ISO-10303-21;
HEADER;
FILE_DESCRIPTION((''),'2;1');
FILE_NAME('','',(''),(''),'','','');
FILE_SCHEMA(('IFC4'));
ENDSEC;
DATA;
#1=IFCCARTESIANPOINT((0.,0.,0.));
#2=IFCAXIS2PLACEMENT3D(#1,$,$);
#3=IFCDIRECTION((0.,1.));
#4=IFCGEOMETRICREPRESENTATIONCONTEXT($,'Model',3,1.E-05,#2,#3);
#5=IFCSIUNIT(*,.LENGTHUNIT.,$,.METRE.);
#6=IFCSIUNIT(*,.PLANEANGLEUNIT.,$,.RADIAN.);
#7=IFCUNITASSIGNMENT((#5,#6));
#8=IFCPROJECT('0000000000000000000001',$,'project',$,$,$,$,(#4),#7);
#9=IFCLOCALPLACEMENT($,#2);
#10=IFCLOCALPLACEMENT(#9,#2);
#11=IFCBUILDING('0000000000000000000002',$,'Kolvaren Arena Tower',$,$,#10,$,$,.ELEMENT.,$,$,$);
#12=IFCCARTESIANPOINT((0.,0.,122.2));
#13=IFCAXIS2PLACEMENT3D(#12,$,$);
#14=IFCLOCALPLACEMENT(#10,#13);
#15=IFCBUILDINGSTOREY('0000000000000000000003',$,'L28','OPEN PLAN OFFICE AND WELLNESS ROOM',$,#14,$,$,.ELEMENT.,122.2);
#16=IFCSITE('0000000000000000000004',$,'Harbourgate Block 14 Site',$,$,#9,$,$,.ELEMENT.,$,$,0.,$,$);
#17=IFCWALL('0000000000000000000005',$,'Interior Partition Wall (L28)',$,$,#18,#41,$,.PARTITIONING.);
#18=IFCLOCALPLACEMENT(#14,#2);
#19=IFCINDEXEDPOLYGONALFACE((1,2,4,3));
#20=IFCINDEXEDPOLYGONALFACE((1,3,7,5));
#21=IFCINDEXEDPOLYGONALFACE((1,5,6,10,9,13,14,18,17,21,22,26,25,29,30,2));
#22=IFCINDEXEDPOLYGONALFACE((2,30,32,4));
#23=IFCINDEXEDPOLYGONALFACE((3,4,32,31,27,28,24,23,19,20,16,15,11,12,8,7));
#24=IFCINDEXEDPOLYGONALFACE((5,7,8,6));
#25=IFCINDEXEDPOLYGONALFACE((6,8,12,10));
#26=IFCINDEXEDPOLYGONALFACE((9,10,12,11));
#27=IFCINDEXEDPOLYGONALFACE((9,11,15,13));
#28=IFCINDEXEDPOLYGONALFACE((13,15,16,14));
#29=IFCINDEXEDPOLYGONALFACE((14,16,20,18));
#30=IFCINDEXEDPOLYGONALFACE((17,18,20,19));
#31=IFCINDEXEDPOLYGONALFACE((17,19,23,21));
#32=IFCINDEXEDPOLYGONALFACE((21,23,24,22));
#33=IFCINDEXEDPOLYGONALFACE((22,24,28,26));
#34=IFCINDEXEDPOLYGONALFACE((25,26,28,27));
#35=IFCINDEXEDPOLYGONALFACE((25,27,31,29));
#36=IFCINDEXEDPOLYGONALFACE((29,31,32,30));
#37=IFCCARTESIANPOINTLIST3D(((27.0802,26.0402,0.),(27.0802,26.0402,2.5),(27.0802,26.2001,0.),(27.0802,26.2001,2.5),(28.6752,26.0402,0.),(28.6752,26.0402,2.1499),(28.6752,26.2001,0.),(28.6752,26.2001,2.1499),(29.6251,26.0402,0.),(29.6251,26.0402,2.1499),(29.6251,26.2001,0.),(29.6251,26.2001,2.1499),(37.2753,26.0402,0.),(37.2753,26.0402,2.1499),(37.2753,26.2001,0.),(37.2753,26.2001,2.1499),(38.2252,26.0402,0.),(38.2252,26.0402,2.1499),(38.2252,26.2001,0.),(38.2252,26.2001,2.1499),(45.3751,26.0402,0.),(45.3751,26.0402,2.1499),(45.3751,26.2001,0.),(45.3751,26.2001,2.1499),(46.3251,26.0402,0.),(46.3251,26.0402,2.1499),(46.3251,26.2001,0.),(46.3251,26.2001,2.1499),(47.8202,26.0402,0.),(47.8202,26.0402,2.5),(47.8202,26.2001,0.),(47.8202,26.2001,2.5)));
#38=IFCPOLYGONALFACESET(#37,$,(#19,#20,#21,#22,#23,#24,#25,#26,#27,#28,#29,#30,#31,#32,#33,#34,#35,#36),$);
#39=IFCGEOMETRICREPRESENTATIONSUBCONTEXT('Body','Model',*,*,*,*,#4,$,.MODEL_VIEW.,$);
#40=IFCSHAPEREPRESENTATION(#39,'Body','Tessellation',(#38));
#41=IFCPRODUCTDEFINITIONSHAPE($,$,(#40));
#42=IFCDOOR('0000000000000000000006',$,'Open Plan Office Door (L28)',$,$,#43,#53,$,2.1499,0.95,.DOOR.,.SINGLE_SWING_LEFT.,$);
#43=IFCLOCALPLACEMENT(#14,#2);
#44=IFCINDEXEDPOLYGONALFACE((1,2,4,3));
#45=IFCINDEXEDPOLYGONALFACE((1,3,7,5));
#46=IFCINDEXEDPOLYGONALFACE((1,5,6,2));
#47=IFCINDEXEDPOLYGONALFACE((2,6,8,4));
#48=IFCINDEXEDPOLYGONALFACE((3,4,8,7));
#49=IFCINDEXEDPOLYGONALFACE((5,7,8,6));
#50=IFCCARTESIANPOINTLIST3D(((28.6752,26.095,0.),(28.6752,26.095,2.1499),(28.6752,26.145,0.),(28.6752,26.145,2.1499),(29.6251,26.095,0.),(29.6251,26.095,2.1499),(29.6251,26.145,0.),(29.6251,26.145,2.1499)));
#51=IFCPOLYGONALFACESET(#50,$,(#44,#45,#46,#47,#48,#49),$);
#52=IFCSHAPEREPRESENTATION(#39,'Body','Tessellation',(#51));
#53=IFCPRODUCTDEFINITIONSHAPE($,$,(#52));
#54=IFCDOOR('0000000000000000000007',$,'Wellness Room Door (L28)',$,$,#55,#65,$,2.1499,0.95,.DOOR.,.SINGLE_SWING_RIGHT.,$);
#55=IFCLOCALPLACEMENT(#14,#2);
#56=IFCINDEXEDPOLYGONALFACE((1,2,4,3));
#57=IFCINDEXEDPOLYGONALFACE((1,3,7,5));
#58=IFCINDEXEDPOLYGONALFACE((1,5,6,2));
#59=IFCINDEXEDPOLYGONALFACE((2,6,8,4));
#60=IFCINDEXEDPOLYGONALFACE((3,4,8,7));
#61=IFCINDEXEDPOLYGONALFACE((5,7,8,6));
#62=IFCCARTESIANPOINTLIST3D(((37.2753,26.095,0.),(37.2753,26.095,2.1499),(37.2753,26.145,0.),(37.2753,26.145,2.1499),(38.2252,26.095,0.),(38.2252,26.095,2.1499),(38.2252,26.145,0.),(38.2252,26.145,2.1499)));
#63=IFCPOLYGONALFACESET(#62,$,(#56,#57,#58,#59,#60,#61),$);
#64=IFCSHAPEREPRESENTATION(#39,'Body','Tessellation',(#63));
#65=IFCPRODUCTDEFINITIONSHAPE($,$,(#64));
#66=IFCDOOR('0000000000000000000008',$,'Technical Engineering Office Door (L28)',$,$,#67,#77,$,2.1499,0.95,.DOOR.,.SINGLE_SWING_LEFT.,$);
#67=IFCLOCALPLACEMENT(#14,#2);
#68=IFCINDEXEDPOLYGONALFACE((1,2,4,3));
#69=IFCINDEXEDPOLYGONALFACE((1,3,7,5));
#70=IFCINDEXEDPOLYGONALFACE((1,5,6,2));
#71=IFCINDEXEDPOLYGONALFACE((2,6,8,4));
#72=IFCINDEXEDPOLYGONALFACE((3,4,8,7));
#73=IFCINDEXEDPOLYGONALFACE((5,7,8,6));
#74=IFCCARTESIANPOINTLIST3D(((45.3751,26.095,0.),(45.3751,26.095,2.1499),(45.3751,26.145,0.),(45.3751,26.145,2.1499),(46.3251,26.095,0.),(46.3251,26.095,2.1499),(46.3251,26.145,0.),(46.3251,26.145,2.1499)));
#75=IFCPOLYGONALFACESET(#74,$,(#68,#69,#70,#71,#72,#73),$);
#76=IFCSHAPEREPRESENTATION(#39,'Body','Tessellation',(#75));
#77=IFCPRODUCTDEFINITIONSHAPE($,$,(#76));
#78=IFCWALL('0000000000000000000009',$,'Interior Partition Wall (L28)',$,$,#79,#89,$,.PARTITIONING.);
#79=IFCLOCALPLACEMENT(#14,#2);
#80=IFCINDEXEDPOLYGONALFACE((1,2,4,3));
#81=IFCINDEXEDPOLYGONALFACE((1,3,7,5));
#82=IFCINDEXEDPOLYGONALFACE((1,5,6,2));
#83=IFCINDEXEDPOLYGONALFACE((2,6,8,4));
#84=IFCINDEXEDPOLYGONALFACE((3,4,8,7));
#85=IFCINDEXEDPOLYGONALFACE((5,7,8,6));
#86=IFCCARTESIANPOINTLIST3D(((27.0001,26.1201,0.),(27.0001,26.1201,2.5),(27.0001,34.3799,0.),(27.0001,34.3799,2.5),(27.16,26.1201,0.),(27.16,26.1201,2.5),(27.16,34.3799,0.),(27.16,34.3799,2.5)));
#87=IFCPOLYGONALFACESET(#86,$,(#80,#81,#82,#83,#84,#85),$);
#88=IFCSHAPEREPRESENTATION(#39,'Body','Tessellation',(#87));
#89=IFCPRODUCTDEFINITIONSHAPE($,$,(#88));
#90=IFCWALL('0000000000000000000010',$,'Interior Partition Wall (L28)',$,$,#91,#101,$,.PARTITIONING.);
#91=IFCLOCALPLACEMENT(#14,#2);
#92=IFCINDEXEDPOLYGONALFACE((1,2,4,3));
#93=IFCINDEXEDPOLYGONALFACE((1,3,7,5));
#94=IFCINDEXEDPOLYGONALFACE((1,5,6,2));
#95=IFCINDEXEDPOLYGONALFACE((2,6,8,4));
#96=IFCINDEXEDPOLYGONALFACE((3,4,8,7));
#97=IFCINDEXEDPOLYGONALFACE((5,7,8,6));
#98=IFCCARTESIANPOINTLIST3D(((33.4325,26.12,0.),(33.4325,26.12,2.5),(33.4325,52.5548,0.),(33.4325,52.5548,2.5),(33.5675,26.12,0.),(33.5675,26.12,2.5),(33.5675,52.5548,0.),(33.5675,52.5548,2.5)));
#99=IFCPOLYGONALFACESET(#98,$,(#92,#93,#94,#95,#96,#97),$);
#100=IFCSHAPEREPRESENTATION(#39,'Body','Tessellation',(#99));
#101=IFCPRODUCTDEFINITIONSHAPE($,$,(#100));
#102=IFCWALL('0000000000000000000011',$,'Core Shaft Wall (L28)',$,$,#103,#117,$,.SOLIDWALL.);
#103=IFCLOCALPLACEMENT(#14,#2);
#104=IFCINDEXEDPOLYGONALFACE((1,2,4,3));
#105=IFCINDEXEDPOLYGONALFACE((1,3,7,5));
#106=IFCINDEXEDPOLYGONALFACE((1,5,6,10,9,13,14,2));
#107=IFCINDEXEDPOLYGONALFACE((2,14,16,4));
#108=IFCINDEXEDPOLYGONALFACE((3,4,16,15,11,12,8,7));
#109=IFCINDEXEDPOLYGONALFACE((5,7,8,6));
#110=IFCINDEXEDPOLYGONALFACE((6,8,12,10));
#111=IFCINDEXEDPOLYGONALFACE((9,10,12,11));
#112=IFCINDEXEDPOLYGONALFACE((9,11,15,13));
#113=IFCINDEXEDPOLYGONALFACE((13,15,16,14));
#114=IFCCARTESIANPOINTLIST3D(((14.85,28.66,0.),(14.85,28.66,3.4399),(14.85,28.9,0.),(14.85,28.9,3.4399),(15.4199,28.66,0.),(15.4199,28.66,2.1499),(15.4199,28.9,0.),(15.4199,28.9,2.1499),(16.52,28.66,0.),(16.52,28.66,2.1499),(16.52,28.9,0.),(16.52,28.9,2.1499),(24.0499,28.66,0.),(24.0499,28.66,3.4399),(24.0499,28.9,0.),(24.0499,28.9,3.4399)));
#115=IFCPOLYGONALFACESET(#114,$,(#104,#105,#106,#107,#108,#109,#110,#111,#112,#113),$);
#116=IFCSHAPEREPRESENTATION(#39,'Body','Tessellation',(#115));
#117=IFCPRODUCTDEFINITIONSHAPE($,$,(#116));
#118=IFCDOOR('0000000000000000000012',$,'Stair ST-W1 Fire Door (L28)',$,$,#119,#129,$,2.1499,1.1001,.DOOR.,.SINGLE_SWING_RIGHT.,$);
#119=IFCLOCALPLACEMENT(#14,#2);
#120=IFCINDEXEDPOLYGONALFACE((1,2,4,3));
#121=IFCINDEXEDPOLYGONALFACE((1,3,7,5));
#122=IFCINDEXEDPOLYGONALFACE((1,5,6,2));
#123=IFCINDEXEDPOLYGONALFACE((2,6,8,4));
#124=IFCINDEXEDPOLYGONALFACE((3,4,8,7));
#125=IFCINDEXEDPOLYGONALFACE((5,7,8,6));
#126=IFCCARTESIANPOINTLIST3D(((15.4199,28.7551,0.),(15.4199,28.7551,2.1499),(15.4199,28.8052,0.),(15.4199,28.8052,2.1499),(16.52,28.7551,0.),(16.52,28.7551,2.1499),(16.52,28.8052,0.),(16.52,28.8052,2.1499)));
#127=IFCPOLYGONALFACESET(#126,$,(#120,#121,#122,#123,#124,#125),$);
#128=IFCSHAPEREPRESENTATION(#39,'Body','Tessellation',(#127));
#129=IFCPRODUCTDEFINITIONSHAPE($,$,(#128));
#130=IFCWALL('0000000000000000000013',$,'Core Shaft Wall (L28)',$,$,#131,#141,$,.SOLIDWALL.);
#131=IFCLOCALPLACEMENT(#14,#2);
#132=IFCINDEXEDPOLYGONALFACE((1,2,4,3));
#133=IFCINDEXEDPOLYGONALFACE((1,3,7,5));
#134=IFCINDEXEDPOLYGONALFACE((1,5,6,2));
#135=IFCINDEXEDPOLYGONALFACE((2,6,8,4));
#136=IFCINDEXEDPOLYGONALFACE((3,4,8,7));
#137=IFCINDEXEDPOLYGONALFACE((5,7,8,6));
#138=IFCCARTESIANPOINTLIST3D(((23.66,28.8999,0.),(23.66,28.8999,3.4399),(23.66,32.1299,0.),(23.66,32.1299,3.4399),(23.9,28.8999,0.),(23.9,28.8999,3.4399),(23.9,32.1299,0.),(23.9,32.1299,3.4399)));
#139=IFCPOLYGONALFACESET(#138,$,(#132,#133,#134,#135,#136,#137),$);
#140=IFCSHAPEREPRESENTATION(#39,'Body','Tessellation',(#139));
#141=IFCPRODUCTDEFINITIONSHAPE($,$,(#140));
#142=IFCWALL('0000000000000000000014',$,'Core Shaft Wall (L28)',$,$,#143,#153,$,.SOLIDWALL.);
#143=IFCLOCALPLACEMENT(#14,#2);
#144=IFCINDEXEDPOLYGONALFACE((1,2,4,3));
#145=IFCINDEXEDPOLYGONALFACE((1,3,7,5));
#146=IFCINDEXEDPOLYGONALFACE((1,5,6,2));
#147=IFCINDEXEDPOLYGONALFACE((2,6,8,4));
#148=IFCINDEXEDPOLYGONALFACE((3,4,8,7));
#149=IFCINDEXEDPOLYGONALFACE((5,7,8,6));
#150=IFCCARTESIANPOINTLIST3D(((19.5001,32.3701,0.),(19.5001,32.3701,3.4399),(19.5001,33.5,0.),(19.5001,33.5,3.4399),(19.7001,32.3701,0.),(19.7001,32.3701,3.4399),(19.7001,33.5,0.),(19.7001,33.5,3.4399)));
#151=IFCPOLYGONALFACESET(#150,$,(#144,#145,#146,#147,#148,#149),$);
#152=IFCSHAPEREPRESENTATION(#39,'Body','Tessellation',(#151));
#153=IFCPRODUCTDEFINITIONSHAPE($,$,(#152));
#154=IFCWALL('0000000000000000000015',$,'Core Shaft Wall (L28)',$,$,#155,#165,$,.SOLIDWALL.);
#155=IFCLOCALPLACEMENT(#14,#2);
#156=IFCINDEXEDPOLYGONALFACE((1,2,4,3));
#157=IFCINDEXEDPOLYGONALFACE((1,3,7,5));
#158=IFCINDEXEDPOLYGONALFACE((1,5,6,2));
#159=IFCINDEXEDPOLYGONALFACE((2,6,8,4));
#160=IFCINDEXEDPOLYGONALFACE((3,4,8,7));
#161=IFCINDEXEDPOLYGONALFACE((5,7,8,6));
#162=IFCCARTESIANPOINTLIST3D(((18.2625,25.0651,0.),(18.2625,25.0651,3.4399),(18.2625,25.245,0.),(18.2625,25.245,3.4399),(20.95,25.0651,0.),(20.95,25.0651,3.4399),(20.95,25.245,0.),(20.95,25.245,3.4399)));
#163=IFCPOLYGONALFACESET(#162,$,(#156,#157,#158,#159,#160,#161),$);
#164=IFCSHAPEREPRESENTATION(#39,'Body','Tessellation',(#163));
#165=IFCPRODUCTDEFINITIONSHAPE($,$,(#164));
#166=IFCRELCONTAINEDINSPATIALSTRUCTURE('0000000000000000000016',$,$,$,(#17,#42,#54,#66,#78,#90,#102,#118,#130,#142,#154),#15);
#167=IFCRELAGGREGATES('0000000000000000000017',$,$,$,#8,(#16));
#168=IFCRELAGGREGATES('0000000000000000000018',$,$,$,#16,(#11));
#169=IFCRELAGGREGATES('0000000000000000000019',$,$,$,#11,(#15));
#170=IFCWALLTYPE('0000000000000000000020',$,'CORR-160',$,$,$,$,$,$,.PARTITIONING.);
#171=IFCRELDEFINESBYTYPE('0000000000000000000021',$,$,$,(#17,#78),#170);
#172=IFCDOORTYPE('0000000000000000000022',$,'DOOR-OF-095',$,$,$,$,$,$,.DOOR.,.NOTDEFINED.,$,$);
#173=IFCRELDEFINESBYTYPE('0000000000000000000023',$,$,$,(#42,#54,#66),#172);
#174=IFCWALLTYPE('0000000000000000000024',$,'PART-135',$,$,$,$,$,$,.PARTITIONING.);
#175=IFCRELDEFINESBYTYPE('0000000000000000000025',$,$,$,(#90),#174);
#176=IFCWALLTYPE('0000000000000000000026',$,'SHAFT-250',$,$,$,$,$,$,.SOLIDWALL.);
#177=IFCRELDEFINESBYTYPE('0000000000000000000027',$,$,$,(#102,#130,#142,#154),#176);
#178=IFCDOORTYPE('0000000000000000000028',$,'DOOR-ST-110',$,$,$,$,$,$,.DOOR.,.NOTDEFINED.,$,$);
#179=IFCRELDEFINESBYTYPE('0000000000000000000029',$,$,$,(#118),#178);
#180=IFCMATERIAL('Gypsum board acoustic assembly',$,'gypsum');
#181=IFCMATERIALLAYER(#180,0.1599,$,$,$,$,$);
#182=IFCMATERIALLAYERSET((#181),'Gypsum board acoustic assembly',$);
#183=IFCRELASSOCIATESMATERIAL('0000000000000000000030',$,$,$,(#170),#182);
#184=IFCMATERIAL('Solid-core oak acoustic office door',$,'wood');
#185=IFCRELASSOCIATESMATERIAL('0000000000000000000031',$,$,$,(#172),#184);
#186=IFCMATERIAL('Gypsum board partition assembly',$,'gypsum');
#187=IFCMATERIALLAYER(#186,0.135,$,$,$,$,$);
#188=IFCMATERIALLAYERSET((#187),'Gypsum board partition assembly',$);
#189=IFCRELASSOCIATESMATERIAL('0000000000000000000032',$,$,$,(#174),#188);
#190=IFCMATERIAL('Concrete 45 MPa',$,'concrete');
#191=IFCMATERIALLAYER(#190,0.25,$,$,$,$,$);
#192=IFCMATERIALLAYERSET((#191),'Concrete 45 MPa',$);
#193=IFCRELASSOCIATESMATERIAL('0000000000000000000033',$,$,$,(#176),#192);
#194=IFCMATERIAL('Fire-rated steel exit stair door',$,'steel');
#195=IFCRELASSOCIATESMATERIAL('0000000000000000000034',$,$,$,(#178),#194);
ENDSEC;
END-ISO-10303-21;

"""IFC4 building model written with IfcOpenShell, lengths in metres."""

from ifc_helpers import new_model, si_unit, direction, frame, frame_2d, origin, place, context, subcontext, project, spatial, rectangle, extrude, material, layer, layer_set, type_object, element, fill, save


model = new_model("IFC4")

# Units and contexts
model_context = context("Model", 3, precision=1e-05, world=origin(), true_north=direction((0.0, 1.0)))
body_context = subcontext(model_context, "Body", "Model", "MODEL_VIEW")
ifc_project = project(units=[si_unit("LENGTHUNIT", "METRE"), si_unit("PLANEANGLEUNIT", "RADIAN")], contexts=[model_context])

# Site, building, storey
site_placement = place(None, origin())
site = spatial("IfcSite", under=ifc_project, at=site_placement, Name="Harbourgate Block 14 Site", CompositionType="ELEMENT", RefElevation=0.0)
building_placement = place(site_placement, origin())
building = spatial("IfcBuilding", under=site, at=building_placement, Name="Kolvaren Arena Tower", CompositionType="ELEMENT")
storey_placement = place(building_placement, frame((0.0, 0.0, 122.2)))
storey = spatial("IfcBuildingStorey", under=building, at=storey_placement, Name="L28", Description="OPEN PLAN OFFICE AND WELLNESS ROOM", CompositionType="ELEMENT", Elevation=122.2)

# Wall, openings, doors
ifc_material_1 = material(Name="Gypsum board acoustic assembly", Category="gypsum")
ifc_layer_1 = layer(ifc_material_1, 0.1599)
ifc_layer_set_1 = layer_set([ifc_layer_1], Name="Gypsum board acoustic assembly")
wall_type_1 = type_object("IfcWallType", Name="CORR-160", PredefinedType="PARTITIONING", material=ifc_layer_set_1)
wall_1_placement = place(storey_placement, frame((27.0801, 26.1201, 0.0), z_axis=(0.0, 0.0, 1.0), x_axis=(1.0, 0.0, 0.0)))
wall_1 = element("IfcWall", 1, at=wall_1_placement, inside=storey, type_object=wall_type_1, Name="Interior Partition Wall (L28)", PredefinedType="PARTITIONING", context=body_context, shape_type="SweptSolid", body=[
    extrude(rectangle(XDim=20.74, YDim=0.1599, at=frame_2d((10.3701, 0.0))), origin(), (0.0, 0.0, 1.0), 2.5),
])
opening_1_placement = place(wall_1_placement, frame((1.595, 0.0, 0.0)))
opening_1 = element("IfcOpeningElement", 2, at=opening_1_placement, cuts=wall_1, PredefinedType="OPENING", context=body_context, shape_type="SweptSolid", body=[
    extrude(rectangle(XDim=0.95, YDim=2.1499, at=frame_2d((0.4751, 1.075))), frame((0.0, 0.0898, 0.0), z_axis=(0.0, -1.0, 0.0), x_axis=(1.0, 0.0, 0.0)), (0.0, 0.0, 1.0), 0.1799),
])
opening_2_placement = place(wall_1_placement, frame((10.1951, 0.0, 0.0)))
opening_2 = element("IfcOpeningElement", 3, at=opening_2_placement, cuts=wall_1, PredefinedType="OPENING", context=body_context, shape_type="SweptSolid", body=[
    extrude(rectangle(XDim=0.95, YDim=2.1499, at=frame_2d((0.4751, 1.075))), frame((0.0, 0.0898, 0.0), z_axis=(0.0, -1.0, 0.0), x_axis=(1.0, 0.0, 0.0)), (0.0, 0.0, 1.0), 0.1799),
])
opening_3_placement = place(wall_1_placement, frame((18.2949, 0.0, 0.0)))
opening_3 = element("IfcOpeningElement", 4, at=opening_3_placement, cuts=wall_1, PredefinedType="OPENING", context=body_context, shape_type="SweptSolid", body=[
    extrude(rectangle(XDim=0.95, YDim=2.1499, at=frame_2d((0.4751, 1.075))), frame((0.0, 0.0898, 0.0), z_axis=(0.0, -1.0, 0.0), x_axis=(1.0, 0.0, 0.0)), (0.0, 0.0, 1.0), 0.1799),
])
ifc_material_2 = material(Name="Solid-core oak acoustic office door", Category="wood")
door_type_1 = type_object("IfcDoorType", Name="DOOR-OF-095", OperationType="NOTDEFINED", PredefinedType="DOOR", material=ifc_material_2)
door_1_placement = place(opening_1_placement, origin())
door_1 = element("IfcDoor", 5, at=door_1_placement, inside=storey, type_object=door_type_1, Name="Open Plan Office Door (L28)", OperationType="SINGLE_SWING_LEFT", OverallHeight=2.1499, OverallWidth=0.95, PredefinedType="DOOR", context=body_context, shape_type="SweptSolid", body=[
    extrude(rectangle(XDim=0.95, YDim=2.1499, at=frame_2d((0.4751, 1.075))), frame((0.0, 0.0249, 0.0), z_axis=(0.0, -1.0, 0.0), x_axis=(1.0, 0.0, 0.0)), (0.0, 0.0, 1.0), 0.05),
])
fill(opening_1, door_1)
door_2_placement = place(opening_2_placement, origin())
door_2 = element("IfcDoor", 6, at=door_2_placement, inside=storey, type_object=door_type_1, Name="Wellness Room Door (L28)", OperationType="SINGLE_SWING_RIGHT", OverallHeight=2.1499, OverallWidth=0.95, PredefinedType="DOOR", context=body_context, shape_type="SweptSolid", body=[
    extrude(rectangle(XDim=0.95, YDim=2.1499, at=frame_2d((0.4751, 1.075))), frame((0.0, 0.0249, 0.0), z_axis=(0.0, -1.0, 0.0), x_axis=(1.0, 0.0, 0.0)), (0.0, 0.0, 1.0), 0.05),
])
fill(opening_2, door_2)
door_3_placement = place(opening_3_placement, origin())
door_3 = element("IfcDoor", 7, at=door_3_placement, inside=storey, type_object=door_type_1, Name="Technical Engineering Office Door (L28)", OperationType="SINGLE_SWING_LEFT", OverallHeight=2.1499, OverallWidth=0.95, PredefinedType="DOOR", context=body_context, shape_type="SweptSolid", body=[
    extrude(rectangle(XDim=0.95, YDim=2.1499, at=frame_2d((0.4751, 1.075))), frame((0.0, 0.0249, 0.0), z_axis=(0.0, -1.0, 0.0), x_axis=(1.0, 0.0, 0.0)), (0.0, 0.0, 1.0), 0.05),
])
fill(opening_3, door_3)

# Wall
wall_2_placement = place(storey_placement, frame((27.0801, 26.1201, 0.0), z_axis=(0.0, 0.0, 1.0), x_axis=(0.0, 1.0, 0.0)))
element("IfcWall", 8, at=wall_2_placement, inside=storey, type_object=wall_type_1, Name="Interior Partition Wall (L28)", PredefinedType="PARTITIONING", context=body_context, shape_type="SweptSolid", body=[
    extrude(rectangle(XDim=8.2598, YDim=0.1599, at=frame_2d((4.1299, 0.0))), origin(), (0.0, 0.0, 1.0), 2.5),
])

# Wall
ifc_material_3 = material(Name="Gypsum board partition assembly", Category="gypsum")
ifc_layer_2 = layer(ifc_material_3, 0.135)
ifc_layer_set_2 = layer_set([ifc_layer_2], Name="Gypsum board partition assembly")
wall_type_2 = type_object("IfcWallType", Name="PART-135", PredefinedType="PARTITIONING", material=ifc_layer_set_2)
wall_3_placement = place(storey_placement, frame((33.5, 26.1201, 0.0), z_axis=(0.0, 0.0, 1.0), x_axis=(0.0, 1.0, 0.0)))
element("IfcWall", 9, at=wall_3_placement, inside=storey, type_object=wall_type_2, Name="Interior Partition Wall (L28)", PredefinedType="PARTITIONING", context=body_context, shape_type="SweptSolid", body=[
    extrude(rectangle(XDim=26.4348, YDim=0.135, at=frame_2d((13.2173, 0.0))), origin(), (0.0, 0.0, 1.0), 2.5),
])

# Wall, opening, door
ifc_material_4 = material(Name="Concrete 45 MPa", Category="concrete")
ifc_layer_3 = layer(ifc_material_4, 0.25)
ifc_layer_set_3 = layer_set([ifc_layer_3], Name="Concrete 45 MPa")
wall_type_3 = type_object("IfcWallType", Name="SHAFT-250", PredefinedType="SOLIDWALL", material=ifc_layer_set_3)
wall_4_placement = place(storey_placement, frame((24.05, 28.78, 0.0), z_axis=(0.0, 0.0, 1.0), x_axis=(-1.0, 0.0, 0.0)))
wall_4 = element("IfcWall", 10, at=wall_4_placement, inside=storey, type_object=wall_type_3, Name="Core Shaft Wall (L28)", PredefinedType="SOLIDWALL", context=body_context, shape_type="SweptSolid", body=[
    extrude(rectangle(XDim=9.2, YDim=0.24, at=frame_2d((4.6001, 0.0))), origin(), (0.0, 0.0, 1.0), 3.4399),
])
opening_4_placement = place(wall_4_placement, frame((7.53, 0.0, 0.0)))
opening_4 = element("IfcOpeningElement", 11, at=opening_4_placement, cuts=wall_4, PredefinedType="OPENING", context=body_context, shape_type="SweptSolid", body=[
    extrude(rectangle(XDim=1.1001, YDim=2.1499, at=frame_2d((0.55, 1.075))), frame((0.0, 0.1299, 0.0), z_axis=(0.0, -1.0, 0.0), x_axis=(1.0, 0.0, 0.0)), (0.0, 0.0, 1.0), 0.26),
])
ifc_material_5 = material(Name="Fire-rated steel exit stair door", Category="steel")
door_type_2 = type_object("IfcDoorType", Name="DOOR-ST-110", OperationType="NOTDEFINED", PredefinedType="DOOR", material=ifc_material_5)
door_4_placement = place(opening_4_placement, origin())
door_4 = element("IfcDoor", 12, at=door_4_placement, inside=storey, type_object=door_type_2, Name="Stair ST-W1 Fire Door (L28)", OperationType="SINGLE_SWING_RIGHT", OverallHeight=2.1499, OverallWidth=1.1001, PredefinedType="DOOR", context=body_context, shape_type="SweptSolid", body=[
    extrude(rectangle(XDim=1.1001, YDim=2.1499, at=frame_2d((0.55, 1.075))), frame((0.0, 0.0249, 0.0), z_axis=(0.0, -1.0, 0.0), x_axis=(1.0, 0.0, 0.0)), (0.0, 0.0, 1.0), 0.05),
])
fill(opening_4, door_4)

# Walls
wall_5_placement = place(storey_placement, frame((23.78, 28.8999, 0.0), z_axis=(0.0, 0.0, 1.0), x_axis=(0.0, 1.0, 0.0)))
element("IfcWall", 13, at=wall_5_placement, inside=storey, type_object=wall_type_3, Name="Core Shaft Wall (L28)", PredefinedType="SOLIDWALL", context=body_context, shape_type="SweptSolid", body=[
    extrude(rectangle(XDim=3.23, YDim=0.24, at=frame_2d((1.615, 0.0))), origin(), (0.0, 0.0, 1.0), 3.4399),
])
wall_6_placement = place(storey_placement, frame((19.6001, 32.3701, 0.0), z_axis=(0.0, 0.0, 1.0), x_axis=(0.0, 1.0, 0.0)))
element("IfcWall", 14, at=wall_6_placement, inside=storey, type_object=wall_type_3, Name="Core Shaft Wall (L28)", PredefinedType="SOLIDWALL", context=body_context, shape_type="SweptSolid", body=[
    extrude(rectangle(XDim=1.1299, YDim=0.2, at=frame_2d((0.5649, 0.0))), origin(), (0.0, 0.0, 1.0), 3.4399),
])
wall_7_placement = place(storey_placement, frame((18.2625, 25.155, 0.0), z_axis=(0.0, 0.0, 1.0), x_axis=(1.0, 0.0, 0.0)))
element("IfcWall", 15, at=wall_7_placement, inside=storey, type_object=wall_type_3, Name="Core Shaft Wall (L28)", PredefinedType="SOLIDWALL", context=body_context, shape_type="SweptSolid", body=[
    extrude(rectangle(XDim=2.6875, YDim=0.1799, at=frame_2d((1.3438, 0.0))), origin(), (0.0, 0.0, 1.0), 3.4399),
])

save(model, "model.ifc")
